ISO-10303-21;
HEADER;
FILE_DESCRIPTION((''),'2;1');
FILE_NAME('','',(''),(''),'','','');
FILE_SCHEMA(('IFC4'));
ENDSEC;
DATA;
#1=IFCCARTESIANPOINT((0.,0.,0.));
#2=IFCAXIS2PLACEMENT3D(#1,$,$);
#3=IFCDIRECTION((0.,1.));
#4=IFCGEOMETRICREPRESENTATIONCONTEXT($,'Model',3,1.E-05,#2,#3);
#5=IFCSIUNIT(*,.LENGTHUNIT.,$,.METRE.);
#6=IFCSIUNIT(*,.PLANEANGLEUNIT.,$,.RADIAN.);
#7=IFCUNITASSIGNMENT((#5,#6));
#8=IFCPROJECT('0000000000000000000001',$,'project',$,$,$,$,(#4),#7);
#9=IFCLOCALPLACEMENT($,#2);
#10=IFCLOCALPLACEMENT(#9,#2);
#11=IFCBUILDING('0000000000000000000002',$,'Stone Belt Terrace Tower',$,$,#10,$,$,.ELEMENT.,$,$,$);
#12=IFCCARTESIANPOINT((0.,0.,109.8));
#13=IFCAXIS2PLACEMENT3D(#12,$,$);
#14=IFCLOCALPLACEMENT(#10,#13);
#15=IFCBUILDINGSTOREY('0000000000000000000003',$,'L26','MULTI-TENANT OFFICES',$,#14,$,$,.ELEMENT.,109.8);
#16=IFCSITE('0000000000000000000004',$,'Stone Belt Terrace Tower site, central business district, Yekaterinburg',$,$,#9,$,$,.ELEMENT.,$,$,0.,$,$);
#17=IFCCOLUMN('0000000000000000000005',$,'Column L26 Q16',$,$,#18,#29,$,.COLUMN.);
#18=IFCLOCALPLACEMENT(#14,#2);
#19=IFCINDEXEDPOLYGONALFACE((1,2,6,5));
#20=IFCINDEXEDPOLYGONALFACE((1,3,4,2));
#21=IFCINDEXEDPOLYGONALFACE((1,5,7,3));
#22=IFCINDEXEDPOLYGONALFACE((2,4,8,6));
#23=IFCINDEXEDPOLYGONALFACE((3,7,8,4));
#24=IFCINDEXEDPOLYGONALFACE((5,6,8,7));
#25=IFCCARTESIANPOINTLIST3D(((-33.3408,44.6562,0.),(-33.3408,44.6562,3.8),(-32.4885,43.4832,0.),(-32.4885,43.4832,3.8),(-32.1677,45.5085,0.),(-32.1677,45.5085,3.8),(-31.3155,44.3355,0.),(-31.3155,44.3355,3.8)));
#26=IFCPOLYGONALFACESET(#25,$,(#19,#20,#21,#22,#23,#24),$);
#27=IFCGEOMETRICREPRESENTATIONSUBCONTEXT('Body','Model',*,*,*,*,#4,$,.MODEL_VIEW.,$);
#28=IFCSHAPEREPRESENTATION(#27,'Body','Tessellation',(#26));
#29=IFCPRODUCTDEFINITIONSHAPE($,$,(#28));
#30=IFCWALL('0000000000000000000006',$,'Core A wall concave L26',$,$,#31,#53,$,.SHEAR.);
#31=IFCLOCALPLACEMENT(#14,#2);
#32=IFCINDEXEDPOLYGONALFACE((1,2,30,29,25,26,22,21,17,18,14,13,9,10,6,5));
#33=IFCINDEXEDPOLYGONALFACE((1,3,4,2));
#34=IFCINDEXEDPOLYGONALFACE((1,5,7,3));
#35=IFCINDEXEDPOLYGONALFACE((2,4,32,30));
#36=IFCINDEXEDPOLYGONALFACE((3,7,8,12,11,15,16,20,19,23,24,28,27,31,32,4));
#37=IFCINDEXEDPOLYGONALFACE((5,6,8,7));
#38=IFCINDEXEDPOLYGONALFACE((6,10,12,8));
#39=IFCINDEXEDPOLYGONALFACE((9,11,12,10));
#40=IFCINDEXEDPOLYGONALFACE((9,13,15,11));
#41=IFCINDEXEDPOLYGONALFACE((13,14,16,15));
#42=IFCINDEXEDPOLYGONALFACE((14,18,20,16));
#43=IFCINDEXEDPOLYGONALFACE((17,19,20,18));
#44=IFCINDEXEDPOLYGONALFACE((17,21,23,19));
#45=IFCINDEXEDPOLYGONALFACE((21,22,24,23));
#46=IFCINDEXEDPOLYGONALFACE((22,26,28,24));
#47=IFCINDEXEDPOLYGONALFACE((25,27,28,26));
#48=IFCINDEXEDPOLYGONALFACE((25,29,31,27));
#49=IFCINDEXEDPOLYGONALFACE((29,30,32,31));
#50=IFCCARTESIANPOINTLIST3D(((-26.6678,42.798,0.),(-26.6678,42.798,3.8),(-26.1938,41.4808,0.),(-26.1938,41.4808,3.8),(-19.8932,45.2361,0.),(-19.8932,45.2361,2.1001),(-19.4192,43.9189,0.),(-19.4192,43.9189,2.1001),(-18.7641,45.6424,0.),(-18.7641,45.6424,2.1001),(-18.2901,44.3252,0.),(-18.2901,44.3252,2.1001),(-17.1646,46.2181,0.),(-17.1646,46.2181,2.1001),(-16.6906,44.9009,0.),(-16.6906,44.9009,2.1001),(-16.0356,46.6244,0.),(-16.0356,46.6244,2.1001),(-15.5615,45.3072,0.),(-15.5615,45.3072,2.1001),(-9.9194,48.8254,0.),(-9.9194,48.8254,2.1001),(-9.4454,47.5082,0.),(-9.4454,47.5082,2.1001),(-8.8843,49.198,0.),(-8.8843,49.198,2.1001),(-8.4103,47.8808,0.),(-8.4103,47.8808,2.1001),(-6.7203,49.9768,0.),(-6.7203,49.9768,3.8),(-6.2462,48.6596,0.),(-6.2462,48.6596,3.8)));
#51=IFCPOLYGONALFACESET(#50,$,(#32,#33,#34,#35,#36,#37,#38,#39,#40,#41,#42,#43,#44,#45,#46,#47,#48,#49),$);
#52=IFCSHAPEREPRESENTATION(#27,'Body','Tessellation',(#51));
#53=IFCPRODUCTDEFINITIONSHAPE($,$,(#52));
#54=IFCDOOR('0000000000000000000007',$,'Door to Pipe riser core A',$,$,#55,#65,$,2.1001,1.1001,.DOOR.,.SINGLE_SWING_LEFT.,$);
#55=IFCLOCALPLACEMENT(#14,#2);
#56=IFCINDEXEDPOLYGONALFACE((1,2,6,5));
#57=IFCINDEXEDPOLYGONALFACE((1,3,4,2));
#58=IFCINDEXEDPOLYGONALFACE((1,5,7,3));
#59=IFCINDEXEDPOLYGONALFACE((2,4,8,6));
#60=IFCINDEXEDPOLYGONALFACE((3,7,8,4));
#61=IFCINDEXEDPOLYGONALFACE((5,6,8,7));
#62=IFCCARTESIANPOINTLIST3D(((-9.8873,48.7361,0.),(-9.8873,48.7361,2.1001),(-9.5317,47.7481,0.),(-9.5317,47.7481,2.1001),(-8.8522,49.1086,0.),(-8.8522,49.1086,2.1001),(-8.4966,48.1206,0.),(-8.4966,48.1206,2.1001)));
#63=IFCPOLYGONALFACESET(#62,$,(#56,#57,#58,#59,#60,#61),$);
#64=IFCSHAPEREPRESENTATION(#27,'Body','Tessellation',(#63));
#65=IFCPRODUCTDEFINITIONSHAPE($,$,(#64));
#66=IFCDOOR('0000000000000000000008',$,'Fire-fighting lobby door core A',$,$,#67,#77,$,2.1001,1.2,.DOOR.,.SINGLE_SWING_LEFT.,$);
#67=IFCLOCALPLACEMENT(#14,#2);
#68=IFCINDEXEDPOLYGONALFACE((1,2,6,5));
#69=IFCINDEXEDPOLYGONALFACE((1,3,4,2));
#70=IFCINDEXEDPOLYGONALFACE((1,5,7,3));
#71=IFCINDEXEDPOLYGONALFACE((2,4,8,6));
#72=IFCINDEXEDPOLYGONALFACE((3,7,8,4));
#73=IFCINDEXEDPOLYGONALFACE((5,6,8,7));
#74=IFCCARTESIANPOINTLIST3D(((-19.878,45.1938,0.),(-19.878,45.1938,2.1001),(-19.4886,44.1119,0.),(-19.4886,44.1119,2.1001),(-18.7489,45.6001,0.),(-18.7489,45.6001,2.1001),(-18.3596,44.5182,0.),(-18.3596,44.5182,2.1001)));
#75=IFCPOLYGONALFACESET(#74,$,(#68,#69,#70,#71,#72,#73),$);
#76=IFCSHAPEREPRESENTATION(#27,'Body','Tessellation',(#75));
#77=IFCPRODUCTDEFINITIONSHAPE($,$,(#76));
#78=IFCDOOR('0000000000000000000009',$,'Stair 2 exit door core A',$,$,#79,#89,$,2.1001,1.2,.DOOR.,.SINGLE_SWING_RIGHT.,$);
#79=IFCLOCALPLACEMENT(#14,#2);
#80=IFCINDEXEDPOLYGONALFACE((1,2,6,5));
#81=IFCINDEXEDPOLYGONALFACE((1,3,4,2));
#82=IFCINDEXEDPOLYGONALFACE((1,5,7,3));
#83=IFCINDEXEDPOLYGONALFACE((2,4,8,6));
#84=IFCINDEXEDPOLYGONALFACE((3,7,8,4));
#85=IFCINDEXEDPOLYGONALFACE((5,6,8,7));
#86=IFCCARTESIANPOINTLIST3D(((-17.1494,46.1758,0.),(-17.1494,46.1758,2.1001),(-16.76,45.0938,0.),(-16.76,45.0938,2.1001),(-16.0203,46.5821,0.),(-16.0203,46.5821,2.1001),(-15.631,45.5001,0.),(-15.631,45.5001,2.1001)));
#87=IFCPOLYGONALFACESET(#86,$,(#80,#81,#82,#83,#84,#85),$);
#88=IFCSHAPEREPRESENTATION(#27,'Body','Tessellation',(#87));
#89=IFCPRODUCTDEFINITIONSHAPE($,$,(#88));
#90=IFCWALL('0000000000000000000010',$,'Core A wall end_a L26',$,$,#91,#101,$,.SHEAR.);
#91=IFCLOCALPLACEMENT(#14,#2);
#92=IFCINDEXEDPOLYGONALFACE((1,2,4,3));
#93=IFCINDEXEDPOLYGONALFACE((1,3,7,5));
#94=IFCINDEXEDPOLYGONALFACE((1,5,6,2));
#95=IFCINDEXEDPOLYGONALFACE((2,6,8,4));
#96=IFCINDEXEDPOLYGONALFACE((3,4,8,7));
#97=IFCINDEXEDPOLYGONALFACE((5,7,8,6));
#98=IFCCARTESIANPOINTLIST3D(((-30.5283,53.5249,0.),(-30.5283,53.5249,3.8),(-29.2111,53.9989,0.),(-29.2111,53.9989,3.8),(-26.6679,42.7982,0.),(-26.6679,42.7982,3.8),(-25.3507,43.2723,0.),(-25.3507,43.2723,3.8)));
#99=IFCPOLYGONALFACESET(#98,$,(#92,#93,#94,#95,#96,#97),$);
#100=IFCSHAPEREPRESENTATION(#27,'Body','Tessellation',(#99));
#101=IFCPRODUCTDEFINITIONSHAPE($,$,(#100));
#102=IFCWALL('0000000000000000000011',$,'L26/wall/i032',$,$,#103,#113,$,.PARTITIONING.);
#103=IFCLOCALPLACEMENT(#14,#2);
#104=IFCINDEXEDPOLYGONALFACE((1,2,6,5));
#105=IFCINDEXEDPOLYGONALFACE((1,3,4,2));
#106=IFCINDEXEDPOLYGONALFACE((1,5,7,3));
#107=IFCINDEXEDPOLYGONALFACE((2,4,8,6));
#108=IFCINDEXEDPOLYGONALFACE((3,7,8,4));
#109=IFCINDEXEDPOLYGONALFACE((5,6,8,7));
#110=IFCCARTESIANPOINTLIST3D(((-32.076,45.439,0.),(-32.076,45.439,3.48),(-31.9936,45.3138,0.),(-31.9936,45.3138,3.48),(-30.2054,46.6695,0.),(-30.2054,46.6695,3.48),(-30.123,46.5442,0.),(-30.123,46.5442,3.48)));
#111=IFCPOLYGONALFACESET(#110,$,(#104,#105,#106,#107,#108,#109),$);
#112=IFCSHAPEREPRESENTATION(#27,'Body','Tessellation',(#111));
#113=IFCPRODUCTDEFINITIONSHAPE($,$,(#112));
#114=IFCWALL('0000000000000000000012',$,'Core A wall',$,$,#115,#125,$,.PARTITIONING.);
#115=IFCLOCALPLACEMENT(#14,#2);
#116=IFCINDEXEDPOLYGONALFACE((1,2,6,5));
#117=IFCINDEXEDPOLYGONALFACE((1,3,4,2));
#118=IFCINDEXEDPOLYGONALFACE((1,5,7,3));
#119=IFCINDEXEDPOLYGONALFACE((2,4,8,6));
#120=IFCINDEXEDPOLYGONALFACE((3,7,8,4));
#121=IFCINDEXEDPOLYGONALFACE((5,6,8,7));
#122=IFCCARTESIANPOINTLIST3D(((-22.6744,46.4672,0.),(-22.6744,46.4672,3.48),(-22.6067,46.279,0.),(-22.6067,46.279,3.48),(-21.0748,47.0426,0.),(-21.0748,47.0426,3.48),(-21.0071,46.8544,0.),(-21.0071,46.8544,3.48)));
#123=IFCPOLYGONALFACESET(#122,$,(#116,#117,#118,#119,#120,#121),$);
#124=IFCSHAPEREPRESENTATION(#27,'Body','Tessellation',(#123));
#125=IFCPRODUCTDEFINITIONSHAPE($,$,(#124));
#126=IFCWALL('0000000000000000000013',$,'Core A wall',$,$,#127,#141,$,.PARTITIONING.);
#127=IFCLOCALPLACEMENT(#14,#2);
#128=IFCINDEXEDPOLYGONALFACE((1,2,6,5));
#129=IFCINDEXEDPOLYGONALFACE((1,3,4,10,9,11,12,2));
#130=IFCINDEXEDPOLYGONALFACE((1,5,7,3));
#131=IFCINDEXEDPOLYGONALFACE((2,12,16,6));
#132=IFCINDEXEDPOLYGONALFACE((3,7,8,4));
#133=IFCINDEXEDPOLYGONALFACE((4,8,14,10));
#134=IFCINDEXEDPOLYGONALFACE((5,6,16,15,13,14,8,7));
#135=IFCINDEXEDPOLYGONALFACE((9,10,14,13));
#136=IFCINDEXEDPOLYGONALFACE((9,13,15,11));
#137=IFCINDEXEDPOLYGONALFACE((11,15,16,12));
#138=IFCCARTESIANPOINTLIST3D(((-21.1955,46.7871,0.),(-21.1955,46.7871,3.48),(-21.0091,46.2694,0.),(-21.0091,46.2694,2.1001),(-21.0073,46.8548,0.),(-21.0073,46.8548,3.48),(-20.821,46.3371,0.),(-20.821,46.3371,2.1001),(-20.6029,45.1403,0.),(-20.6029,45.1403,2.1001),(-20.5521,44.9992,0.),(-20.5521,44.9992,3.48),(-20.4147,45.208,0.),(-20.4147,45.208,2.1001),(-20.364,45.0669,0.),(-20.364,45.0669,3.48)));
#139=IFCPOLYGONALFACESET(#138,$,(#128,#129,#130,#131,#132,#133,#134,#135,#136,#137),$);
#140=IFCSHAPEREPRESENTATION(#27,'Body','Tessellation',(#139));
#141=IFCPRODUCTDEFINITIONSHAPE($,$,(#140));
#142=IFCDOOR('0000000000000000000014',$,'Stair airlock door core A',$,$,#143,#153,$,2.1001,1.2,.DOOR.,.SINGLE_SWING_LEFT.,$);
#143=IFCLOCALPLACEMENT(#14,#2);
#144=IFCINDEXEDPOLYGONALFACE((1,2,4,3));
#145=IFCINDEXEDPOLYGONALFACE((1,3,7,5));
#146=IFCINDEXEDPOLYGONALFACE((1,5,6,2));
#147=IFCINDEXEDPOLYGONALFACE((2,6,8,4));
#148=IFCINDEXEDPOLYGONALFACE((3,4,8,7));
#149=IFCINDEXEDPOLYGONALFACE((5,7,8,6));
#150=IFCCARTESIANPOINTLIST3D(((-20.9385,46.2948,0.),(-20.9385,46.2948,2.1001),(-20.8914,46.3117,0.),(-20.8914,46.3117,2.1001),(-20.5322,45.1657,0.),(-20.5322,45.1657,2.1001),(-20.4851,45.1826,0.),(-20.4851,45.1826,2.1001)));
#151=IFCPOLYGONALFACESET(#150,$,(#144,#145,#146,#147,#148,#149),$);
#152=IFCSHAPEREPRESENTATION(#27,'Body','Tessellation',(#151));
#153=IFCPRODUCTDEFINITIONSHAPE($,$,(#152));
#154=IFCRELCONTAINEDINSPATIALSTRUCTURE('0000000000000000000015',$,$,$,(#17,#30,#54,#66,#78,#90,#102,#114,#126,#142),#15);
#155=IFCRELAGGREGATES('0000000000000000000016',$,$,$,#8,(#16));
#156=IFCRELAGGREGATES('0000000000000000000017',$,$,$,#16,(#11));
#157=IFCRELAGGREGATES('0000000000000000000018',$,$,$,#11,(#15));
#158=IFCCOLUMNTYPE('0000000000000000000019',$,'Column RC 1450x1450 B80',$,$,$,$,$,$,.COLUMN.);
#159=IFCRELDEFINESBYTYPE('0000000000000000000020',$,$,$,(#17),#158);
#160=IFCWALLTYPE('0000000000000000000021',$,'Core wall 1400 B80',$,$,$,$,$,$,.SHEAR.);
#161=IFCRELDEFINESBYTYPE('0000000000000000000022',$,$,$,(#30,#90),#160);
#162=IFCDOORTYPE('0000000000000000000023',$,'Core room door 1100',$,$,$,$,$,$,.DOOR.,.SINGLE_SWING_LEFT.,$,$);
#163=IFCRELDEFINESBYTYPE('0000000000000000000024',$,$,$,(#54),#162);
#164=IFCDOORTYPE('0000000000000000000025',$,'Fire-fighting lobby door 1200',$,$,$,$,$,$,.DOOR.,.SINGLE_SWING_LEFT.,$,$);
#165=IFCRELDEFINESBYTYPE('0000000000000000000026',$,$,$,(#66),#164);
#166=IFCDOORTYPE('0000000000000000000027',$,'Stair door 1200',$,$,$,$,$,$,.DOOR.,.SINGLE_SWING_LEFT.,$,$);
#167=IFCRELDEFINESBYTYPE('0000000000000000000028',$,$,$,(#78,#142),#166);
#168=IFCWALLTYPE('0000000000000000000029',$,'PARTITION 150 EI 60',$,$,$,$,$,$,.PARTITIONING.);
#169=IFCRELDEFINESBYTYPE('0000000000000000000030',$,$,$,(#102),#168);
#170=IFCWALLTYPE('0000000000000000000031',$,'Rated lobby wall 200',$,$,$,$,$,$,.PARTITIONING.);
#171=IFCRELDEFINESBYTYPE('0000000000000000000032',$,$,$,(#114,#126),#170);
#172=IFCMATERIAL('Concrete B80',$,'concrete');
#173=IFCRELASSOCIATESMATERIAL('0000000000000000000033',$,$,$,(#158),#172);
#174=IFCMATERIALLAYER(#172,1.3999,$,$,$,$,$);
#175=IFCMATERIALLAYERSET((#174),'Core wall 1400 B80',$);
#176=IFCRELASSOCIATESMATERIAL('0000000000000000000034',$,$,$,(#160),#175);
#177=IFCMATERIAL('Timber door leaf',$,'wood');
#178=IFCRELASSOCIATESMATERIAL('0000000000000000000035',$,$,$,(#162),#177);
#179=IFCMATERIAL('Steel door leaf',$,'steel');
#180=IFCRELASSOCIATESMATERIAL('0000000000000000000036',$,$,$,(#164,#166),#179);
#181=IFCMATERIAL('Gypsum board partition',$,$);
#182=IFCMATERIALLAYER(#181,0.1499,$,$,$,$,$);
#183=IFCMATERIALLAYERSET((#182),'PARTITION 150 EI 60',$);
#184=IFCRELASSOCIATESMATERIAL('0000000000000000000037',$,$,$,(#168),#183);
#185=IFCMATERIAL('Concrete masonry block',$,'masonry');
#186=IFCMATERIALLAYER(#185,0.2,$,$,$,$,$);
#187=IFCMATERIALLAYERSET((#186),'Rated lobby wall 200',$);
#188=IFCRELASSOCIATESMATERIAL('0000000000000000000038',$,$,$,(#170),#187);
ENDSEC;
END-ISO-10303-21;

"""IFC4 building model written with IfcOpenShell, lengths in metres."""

from ifc_helpers import new_model, si_unit, direction, frame, frame_2d, origin, origin_2d, place, context, subcontext, project, spatial, rectangle, extrude, material, layer, layer_set, material_profile, profile_set, type_object, element, fill, save


model = new_model("IFC4")

# Units and contexts
model_context = context("Model", 3, precision=1e-05, world=origin(), true_north=direction((0.0, 1.0)))
body_context = subcontext(model_context, "Body", "Model", "MODEL_VIEW")
ifc_project = project(units=[si_unit("LENGTHUNIT", "METRE"), si_unit("PLANEANGLEUNIT", "RADIAN")], contexts=[model_context])

# Site, building, storey
site_placement = place(None, origin())
site = spatial("IfcSite", under=ifc_project, at=site_placement, Name="Stone Belt Terrace Tower site, central business district, Yekaterinburg", CompositionType="ELEMENT", RefElevation=0.0)
building_placement = place(site_placement, origin())
building = spatial("IfcBuilding", under=site, at=building_placement, Name="Stone Belt Terrace Tower", CompositionType="ELEMENT")
storey_placement = place(building_placement, frame((0.0, 0.0, 109.8)))
storey = spatial("IfcBuildingStorey", under=building, at=storey_placement, Name="L26", Description="MULTI-TENANT OFFICES", CompositionType="ELEMENT", Elevation=109.8)

# Column
ifc_material_1 = material(Name="Concrete B80", Category="concrete")
ifc_material_profile = material_profile(ifc_material_1, rectangle(XDim=1.45, YDim=1.45, at=origin_2d()), Name="RC 1450x1450")
ifc_profile_set = profile_set([ifc_material_profile], Name="Concrete B80")
column_type = type_object("IfcColumnType", Name="Column RC 1450x1450 B80", PredefinedType="COLUMN", material=ifc_profile_set)
column_placement = place(storey_placement, frame((-32.3281, 44.4958, 0.0), z_axis=(0.0, 0.0, 1.0), x_axis=(0.809017, 0.587785, 0.0)))
element("IfcColumn", 1, at=column_placement, inside=storey, type_object=column_type, Name="Column L26 Q16", PredefinedType="COLUMN", context=body_context, shape_type="SweptSolid", body=[
    extrude(rectangle(XDim=1.45, YDim=1.45, at=origin_2d()), origin(), (0.0, 0.0, 1.0), 3.8),
])

# Wall, openings, doors
ifc_layer_1 = layer(ifc_material_1, 1.3999)
ifc_layer_set_1 = layer_set([ifc_layer_1], Name="Core wall 1400 B80")
wall_type_1 = type_object("IfcWallType", Name="Core wall 1400 B80", PredefinedType="SHEAR", material=ifc_layer_set_1)
wall_1_placement = place(storey_placement, frame((-26.4309, 42.1394, 0.0), z_axis=(0.0, 0.0, 1.0), x_axis=(0.940923, 0.33862, 0.0)))
wall_1 = element("IfcWall", 2, at=wall_1_placement, inside=storey, type_object=wall_type_1, Name="Core A wall concave L26", PredefinedType="SHEAR", context=body_context, shape_type="SweptSolid", body=[
    extrude(rectangle(XDim=21.2, YDim=1.3999, at=frame_2d((10.6001, 0.0))), origin(), (0.0, 0.0, 1.0), 3.8),
])
opening_1_placement = place(wall_1_placement, frame((7.2, 0.0, 0.0)))
opening_1 = element("IfcOpeningElement", 3, at=opening_1_placement, cuts=wall_1, PredefinedType="OPENING", context=body_context, shape_type="SweptSolid", body=[
    extrude(rectangle(XDim=1.2, YDim=2.1001, at=frame_2d((0.6001, 1.05))), frame((0.0, 0.71, 0.0), z_axis=(0.0, -1.0, 0.0), x_axis=(1.0, 0.0, 0.0)), (0.0, 0.0, 1.0), 1.4199),
])
opening_2_placement = place(wall_1_placement, frame((10.0999, 0.0, 0.0)))
opening_2 = element("IfcOpeningElement", 4, at=opening_2_placement, cuts=wall_1, PredefinedType="OPENING", context=body_context, shape_type="SweptSolid", body=[
    extrude(rectangle(XDim=1.2, YDim=2.1001, at=frame_2d((0.6001, 1.05))), frame((0.0, 0.71, 0.0), z_axis=(0.0, -1.0, 0.0), x_axis=(1.0, 0.0, 0.0)), (0.0, 0.0, 1.0), 1.4199),
])
opening_3_placement = place(wall_1_placement, frame((17.8, 0.0, 0.0)))
opening_3 = element("IfcOpeningElement", 5, at=opening_3_placement, cuts=wall_1, PredefinedType="OPENING", context=body_context, shape_type="SweptSolid", body=[
    extrude(rectangle(XDim=1.1001, YDim=2.1001, at=frame_2d((0.55, 1.05))), frame((0.0, 0.71, 0.0), z_axis=(0.0, -1.0, 0.0), x_axis=(1.0, 0.0, 0.0)), (0.0, 0.0, 1.0), 1.4199),
])
ifc_material_2 = material(Name="Timber door leaf", Category="wood")
door_type_1 = type_object("IfcDoorType", Name="Core room door 1100", OperationType="SINGLE_SWING_LEFT", PredefinedType="DOOR", material=ifc_material_2)
door_1_placement = place(opening_3_placement, origin())
door_1 = element("IfcDoor", 6, at=door_1_placement, inside=storey, type_object=door_type_1, Name="Door to Pipe riser core A", OperationType="SINGLE_SWING_LEFT", OverallHeight=2.1001, OverallWidth=1.1001, PredefinedType="DOOR", context=body_context, shape_type="SweptSolid", body=[
    extrude(rectangle(XDim=1.1001, YDim=2.1001, at=frame_2d((0.55, 1.05))), frame((0.0, 0.605, 0.0), z_axis=(0.0, -1.0, 0.0), x_axis=(1.0, 0.0, 0.0)), (0.0, 0.0, 1.0), 1.05),
])
fill(opening_3, door_1)
ifc_material_3 = material(Name="Steel door leaf", Category="steel")
door_type_2 = type_object("IfcDoorType", Name="Fire-fighting lobby door 1200", OperationType="SINGLE_SWING_LEFT", PredefinedType="DOOR", material=ifc_material_3)
door_2_placement = place(opening_1_placement, origin())
door_2 = element("IfcDoor", 7, at=door_2_placement, inside=storey, type_object=door_type_2, Name="Fire-fighting lobby door core A", OperationType="SINGLE_SWING_LEFT", OverallHeight=2.1001, OverallWidth=1.2, PredefinedType="DOOR", context=body_context, shape_type="SweptSolid", body=[
    extrude(rectangle(XDim=1.2, YDim=2.1001, at=frame_2d((0.6001, 1.05))), frame((0.0, 0.655, 0.0), z_axis=(0.0, -1.0, 0.0), x_axis=(1.0, 0.0, 0.0)), (0.0, 0.0, 1.0), 1.1499),
])
fill(opening_1, door_2)
door_type_3 = type_object("IfcDoorType", Name="Stair door 1200", OperationType="SINGLE_SWING_LEFT", PredefinedType="DOOR", material=ifc_material_3)
door_3_placement = place(opening_2_placement, origin())
door_3 = element("IfcDoor", 8, at=door_3_placement, inside=storey, type_object=door_type_3, Name="Stair 2 exit door core A", OperationType="SINGLE_SWING_RIGHT", OverallHeight=2.1001, OverallWidth=1.2, PredefinedType="DOOR", context=body_context, shape_type="SweptSolid", body=[
    extrude(rectangle(XDim=1.2, YDim=2.1001, at=frame_2d((0.6001, 1.05))), frame((0.0, 0.655, 0.0), z_axis=(0.0, -1.0, 0.0), x_axis=(1.0, 0.0, 0.0)), (0.0, 0.0, 1.0), 1.1499),
])
fill(opening_2, door_3)

# Walls
wall_2_placement = place(storey_placement, frame((-26.0093, 43.0352, 0.0), z_axis=(0.0, 0.0, 1.0), x_axis=(-0.338625, 0.940921, 0.0)))
element("IfcWall", 9, at=wall_2_placement, inside=storey, type_object=wall_type_1, Name="Core A wall end_a L26", PredefinedType="SHEAR", context=body_context, shape_type="SweptSolid", body=[
    extrude(rectangle(XDim=11.4001, YDim=1.3999, at=frame_2d((5.7002, 0.0))), origin(), (0.0, 0.0, 1.0), 3.8),
])
ifc_material_4 = material(Name="Gypsum board partition")
ifc_layer_2 = layer(ifc_material_4, 0.1499)
ifc_layer_set_2 = layer_set([ifc_layer_2], Name="PARTITION 150 EI 60")
wall_type_2 = type_object("IfcWallType", Name="PARTITION 150 EI 60", PredefinedType="PARTITIONING", material=ifc_layer_set_2)
wall_3_placement = place(storey_placement, frame((-30.1641, 46.6069, 0.0), z_axis=(0.0, 0.0, 1.0), x_axis=(-0.835457, -0.549556, 0.0)))
element("IfcWall", 10, at=wall_3_placement, inside=storey, type_object=wall_type_2, Name="L26/wall/i032", PredefinedType="PARTITIONING", context=body_context, shape_type="SweptSolid", body=[
    extrude(rectangle(XDim=2.239, YDim=0.1499, at=frame_2d((1.1196, 0.0))), origin(), (0.0, 0.0, 1.0), 3.48),
])
ifc_material_5 = material(Name="Concrete masonry block", Category="masonry")
ifc_layer_3 = layer(ifc_material_5, 0.2)
ifc_layer_set_3 = layer_set([ifc_layer_3], Name="Rated lobby wall 200")
wall_type_3 = type_object("IfcWallType", Name="Rated lobby wall 200", PredefinedType="PARTITIONING", material=ifc_layer_set_3)
wall_4_placement = place(storey_placement, frame((-22.6406, 46.373, 0.0), z_axis=(0.0, 0.0, 1.0), x_axis=(0.940966, 0.338501, 0.0)))
element("IfcWall", 11, at=wall_4_placement, inside=storey, type_object=wall_type_3, Name="Core A wall", PredefinedType="PARTITIONING", context=body_context, shape_type="SweptSolid", body=[
    extrude(rectangle(XDim=1.7, YDim=0.2, at=frame_2d((0.8501, 0.0))), origin(), (0.0, 0.0, 1.0), 3.48),
])

# Wall, opening, door
wall_5_placement = place(storey_placement, frame((-20.458, 45.033, 0.0), z_axis=(0.0, 0.0, 1.0), x_axis=(-0.338574, 0.94094, 0.0)))
wall_5 = element("IfcWall", 12, at=wall_5_placement, inside=storey, type_object=wall_type_3, Name="Core A wall", PredefinedType="PARTITIONING", context=body_context, shape_type="SweptSolid", body=[
    extrude(rectangle(XDim=1.9001, YDim=0.2, at=frame_2d((0.9502, 0.0))), origin(), (0.0, 0.0, 1.0), 3.48),
])
opening_4_placement = place(wall_5_placement, frame((0.1499, 0.0, 0.0)))
opening_4 = element("IfcOpeningElement", 13, at=opening_4_placement, cuts=wall_5, PredefinedType="OPENING", context=body_context, shape_type="SweptSolid", body=[
    extrude(rectangle(XDim=1.2, YDim=2.1001, at=frame_2d((0.6001, 1.05))), frame((0.0, 0.1099, 0.0), z_axis=(0.0, -1.0, 0.0), x_axis=(1.0, 0.0, 0.0)), (0.0, 0.0, 1.0), 0.22),
])
door_4_placement = place(opening_4_placement, origin())
door_4 = element("IfcDoor", 14, at=door_4_placement, inside=storey, type_object=door_type_3, Name="Stair airlock door core A", OperationType="SINGLE_SWING_LEFT", OverallHeight=2.1001, OverallWidth=1.2, PredefinedType="DOOR", context=body_context, shape_type="SweptSolid", body=[
    extrude(rectangle(XDim=1.2, YDim=2.1001, at=frame_2d((0.6001, 1.05))), frame((0.0, 0.0249, 0.0), z_axis=(0.0, -1.0, 0.0), x_axis=(1.0, 0.0, 0.0)), (0.0, 0.0, 1.0), 0.05),
])
fill(opening_4, door_4)

save(model, "model.ifc")
